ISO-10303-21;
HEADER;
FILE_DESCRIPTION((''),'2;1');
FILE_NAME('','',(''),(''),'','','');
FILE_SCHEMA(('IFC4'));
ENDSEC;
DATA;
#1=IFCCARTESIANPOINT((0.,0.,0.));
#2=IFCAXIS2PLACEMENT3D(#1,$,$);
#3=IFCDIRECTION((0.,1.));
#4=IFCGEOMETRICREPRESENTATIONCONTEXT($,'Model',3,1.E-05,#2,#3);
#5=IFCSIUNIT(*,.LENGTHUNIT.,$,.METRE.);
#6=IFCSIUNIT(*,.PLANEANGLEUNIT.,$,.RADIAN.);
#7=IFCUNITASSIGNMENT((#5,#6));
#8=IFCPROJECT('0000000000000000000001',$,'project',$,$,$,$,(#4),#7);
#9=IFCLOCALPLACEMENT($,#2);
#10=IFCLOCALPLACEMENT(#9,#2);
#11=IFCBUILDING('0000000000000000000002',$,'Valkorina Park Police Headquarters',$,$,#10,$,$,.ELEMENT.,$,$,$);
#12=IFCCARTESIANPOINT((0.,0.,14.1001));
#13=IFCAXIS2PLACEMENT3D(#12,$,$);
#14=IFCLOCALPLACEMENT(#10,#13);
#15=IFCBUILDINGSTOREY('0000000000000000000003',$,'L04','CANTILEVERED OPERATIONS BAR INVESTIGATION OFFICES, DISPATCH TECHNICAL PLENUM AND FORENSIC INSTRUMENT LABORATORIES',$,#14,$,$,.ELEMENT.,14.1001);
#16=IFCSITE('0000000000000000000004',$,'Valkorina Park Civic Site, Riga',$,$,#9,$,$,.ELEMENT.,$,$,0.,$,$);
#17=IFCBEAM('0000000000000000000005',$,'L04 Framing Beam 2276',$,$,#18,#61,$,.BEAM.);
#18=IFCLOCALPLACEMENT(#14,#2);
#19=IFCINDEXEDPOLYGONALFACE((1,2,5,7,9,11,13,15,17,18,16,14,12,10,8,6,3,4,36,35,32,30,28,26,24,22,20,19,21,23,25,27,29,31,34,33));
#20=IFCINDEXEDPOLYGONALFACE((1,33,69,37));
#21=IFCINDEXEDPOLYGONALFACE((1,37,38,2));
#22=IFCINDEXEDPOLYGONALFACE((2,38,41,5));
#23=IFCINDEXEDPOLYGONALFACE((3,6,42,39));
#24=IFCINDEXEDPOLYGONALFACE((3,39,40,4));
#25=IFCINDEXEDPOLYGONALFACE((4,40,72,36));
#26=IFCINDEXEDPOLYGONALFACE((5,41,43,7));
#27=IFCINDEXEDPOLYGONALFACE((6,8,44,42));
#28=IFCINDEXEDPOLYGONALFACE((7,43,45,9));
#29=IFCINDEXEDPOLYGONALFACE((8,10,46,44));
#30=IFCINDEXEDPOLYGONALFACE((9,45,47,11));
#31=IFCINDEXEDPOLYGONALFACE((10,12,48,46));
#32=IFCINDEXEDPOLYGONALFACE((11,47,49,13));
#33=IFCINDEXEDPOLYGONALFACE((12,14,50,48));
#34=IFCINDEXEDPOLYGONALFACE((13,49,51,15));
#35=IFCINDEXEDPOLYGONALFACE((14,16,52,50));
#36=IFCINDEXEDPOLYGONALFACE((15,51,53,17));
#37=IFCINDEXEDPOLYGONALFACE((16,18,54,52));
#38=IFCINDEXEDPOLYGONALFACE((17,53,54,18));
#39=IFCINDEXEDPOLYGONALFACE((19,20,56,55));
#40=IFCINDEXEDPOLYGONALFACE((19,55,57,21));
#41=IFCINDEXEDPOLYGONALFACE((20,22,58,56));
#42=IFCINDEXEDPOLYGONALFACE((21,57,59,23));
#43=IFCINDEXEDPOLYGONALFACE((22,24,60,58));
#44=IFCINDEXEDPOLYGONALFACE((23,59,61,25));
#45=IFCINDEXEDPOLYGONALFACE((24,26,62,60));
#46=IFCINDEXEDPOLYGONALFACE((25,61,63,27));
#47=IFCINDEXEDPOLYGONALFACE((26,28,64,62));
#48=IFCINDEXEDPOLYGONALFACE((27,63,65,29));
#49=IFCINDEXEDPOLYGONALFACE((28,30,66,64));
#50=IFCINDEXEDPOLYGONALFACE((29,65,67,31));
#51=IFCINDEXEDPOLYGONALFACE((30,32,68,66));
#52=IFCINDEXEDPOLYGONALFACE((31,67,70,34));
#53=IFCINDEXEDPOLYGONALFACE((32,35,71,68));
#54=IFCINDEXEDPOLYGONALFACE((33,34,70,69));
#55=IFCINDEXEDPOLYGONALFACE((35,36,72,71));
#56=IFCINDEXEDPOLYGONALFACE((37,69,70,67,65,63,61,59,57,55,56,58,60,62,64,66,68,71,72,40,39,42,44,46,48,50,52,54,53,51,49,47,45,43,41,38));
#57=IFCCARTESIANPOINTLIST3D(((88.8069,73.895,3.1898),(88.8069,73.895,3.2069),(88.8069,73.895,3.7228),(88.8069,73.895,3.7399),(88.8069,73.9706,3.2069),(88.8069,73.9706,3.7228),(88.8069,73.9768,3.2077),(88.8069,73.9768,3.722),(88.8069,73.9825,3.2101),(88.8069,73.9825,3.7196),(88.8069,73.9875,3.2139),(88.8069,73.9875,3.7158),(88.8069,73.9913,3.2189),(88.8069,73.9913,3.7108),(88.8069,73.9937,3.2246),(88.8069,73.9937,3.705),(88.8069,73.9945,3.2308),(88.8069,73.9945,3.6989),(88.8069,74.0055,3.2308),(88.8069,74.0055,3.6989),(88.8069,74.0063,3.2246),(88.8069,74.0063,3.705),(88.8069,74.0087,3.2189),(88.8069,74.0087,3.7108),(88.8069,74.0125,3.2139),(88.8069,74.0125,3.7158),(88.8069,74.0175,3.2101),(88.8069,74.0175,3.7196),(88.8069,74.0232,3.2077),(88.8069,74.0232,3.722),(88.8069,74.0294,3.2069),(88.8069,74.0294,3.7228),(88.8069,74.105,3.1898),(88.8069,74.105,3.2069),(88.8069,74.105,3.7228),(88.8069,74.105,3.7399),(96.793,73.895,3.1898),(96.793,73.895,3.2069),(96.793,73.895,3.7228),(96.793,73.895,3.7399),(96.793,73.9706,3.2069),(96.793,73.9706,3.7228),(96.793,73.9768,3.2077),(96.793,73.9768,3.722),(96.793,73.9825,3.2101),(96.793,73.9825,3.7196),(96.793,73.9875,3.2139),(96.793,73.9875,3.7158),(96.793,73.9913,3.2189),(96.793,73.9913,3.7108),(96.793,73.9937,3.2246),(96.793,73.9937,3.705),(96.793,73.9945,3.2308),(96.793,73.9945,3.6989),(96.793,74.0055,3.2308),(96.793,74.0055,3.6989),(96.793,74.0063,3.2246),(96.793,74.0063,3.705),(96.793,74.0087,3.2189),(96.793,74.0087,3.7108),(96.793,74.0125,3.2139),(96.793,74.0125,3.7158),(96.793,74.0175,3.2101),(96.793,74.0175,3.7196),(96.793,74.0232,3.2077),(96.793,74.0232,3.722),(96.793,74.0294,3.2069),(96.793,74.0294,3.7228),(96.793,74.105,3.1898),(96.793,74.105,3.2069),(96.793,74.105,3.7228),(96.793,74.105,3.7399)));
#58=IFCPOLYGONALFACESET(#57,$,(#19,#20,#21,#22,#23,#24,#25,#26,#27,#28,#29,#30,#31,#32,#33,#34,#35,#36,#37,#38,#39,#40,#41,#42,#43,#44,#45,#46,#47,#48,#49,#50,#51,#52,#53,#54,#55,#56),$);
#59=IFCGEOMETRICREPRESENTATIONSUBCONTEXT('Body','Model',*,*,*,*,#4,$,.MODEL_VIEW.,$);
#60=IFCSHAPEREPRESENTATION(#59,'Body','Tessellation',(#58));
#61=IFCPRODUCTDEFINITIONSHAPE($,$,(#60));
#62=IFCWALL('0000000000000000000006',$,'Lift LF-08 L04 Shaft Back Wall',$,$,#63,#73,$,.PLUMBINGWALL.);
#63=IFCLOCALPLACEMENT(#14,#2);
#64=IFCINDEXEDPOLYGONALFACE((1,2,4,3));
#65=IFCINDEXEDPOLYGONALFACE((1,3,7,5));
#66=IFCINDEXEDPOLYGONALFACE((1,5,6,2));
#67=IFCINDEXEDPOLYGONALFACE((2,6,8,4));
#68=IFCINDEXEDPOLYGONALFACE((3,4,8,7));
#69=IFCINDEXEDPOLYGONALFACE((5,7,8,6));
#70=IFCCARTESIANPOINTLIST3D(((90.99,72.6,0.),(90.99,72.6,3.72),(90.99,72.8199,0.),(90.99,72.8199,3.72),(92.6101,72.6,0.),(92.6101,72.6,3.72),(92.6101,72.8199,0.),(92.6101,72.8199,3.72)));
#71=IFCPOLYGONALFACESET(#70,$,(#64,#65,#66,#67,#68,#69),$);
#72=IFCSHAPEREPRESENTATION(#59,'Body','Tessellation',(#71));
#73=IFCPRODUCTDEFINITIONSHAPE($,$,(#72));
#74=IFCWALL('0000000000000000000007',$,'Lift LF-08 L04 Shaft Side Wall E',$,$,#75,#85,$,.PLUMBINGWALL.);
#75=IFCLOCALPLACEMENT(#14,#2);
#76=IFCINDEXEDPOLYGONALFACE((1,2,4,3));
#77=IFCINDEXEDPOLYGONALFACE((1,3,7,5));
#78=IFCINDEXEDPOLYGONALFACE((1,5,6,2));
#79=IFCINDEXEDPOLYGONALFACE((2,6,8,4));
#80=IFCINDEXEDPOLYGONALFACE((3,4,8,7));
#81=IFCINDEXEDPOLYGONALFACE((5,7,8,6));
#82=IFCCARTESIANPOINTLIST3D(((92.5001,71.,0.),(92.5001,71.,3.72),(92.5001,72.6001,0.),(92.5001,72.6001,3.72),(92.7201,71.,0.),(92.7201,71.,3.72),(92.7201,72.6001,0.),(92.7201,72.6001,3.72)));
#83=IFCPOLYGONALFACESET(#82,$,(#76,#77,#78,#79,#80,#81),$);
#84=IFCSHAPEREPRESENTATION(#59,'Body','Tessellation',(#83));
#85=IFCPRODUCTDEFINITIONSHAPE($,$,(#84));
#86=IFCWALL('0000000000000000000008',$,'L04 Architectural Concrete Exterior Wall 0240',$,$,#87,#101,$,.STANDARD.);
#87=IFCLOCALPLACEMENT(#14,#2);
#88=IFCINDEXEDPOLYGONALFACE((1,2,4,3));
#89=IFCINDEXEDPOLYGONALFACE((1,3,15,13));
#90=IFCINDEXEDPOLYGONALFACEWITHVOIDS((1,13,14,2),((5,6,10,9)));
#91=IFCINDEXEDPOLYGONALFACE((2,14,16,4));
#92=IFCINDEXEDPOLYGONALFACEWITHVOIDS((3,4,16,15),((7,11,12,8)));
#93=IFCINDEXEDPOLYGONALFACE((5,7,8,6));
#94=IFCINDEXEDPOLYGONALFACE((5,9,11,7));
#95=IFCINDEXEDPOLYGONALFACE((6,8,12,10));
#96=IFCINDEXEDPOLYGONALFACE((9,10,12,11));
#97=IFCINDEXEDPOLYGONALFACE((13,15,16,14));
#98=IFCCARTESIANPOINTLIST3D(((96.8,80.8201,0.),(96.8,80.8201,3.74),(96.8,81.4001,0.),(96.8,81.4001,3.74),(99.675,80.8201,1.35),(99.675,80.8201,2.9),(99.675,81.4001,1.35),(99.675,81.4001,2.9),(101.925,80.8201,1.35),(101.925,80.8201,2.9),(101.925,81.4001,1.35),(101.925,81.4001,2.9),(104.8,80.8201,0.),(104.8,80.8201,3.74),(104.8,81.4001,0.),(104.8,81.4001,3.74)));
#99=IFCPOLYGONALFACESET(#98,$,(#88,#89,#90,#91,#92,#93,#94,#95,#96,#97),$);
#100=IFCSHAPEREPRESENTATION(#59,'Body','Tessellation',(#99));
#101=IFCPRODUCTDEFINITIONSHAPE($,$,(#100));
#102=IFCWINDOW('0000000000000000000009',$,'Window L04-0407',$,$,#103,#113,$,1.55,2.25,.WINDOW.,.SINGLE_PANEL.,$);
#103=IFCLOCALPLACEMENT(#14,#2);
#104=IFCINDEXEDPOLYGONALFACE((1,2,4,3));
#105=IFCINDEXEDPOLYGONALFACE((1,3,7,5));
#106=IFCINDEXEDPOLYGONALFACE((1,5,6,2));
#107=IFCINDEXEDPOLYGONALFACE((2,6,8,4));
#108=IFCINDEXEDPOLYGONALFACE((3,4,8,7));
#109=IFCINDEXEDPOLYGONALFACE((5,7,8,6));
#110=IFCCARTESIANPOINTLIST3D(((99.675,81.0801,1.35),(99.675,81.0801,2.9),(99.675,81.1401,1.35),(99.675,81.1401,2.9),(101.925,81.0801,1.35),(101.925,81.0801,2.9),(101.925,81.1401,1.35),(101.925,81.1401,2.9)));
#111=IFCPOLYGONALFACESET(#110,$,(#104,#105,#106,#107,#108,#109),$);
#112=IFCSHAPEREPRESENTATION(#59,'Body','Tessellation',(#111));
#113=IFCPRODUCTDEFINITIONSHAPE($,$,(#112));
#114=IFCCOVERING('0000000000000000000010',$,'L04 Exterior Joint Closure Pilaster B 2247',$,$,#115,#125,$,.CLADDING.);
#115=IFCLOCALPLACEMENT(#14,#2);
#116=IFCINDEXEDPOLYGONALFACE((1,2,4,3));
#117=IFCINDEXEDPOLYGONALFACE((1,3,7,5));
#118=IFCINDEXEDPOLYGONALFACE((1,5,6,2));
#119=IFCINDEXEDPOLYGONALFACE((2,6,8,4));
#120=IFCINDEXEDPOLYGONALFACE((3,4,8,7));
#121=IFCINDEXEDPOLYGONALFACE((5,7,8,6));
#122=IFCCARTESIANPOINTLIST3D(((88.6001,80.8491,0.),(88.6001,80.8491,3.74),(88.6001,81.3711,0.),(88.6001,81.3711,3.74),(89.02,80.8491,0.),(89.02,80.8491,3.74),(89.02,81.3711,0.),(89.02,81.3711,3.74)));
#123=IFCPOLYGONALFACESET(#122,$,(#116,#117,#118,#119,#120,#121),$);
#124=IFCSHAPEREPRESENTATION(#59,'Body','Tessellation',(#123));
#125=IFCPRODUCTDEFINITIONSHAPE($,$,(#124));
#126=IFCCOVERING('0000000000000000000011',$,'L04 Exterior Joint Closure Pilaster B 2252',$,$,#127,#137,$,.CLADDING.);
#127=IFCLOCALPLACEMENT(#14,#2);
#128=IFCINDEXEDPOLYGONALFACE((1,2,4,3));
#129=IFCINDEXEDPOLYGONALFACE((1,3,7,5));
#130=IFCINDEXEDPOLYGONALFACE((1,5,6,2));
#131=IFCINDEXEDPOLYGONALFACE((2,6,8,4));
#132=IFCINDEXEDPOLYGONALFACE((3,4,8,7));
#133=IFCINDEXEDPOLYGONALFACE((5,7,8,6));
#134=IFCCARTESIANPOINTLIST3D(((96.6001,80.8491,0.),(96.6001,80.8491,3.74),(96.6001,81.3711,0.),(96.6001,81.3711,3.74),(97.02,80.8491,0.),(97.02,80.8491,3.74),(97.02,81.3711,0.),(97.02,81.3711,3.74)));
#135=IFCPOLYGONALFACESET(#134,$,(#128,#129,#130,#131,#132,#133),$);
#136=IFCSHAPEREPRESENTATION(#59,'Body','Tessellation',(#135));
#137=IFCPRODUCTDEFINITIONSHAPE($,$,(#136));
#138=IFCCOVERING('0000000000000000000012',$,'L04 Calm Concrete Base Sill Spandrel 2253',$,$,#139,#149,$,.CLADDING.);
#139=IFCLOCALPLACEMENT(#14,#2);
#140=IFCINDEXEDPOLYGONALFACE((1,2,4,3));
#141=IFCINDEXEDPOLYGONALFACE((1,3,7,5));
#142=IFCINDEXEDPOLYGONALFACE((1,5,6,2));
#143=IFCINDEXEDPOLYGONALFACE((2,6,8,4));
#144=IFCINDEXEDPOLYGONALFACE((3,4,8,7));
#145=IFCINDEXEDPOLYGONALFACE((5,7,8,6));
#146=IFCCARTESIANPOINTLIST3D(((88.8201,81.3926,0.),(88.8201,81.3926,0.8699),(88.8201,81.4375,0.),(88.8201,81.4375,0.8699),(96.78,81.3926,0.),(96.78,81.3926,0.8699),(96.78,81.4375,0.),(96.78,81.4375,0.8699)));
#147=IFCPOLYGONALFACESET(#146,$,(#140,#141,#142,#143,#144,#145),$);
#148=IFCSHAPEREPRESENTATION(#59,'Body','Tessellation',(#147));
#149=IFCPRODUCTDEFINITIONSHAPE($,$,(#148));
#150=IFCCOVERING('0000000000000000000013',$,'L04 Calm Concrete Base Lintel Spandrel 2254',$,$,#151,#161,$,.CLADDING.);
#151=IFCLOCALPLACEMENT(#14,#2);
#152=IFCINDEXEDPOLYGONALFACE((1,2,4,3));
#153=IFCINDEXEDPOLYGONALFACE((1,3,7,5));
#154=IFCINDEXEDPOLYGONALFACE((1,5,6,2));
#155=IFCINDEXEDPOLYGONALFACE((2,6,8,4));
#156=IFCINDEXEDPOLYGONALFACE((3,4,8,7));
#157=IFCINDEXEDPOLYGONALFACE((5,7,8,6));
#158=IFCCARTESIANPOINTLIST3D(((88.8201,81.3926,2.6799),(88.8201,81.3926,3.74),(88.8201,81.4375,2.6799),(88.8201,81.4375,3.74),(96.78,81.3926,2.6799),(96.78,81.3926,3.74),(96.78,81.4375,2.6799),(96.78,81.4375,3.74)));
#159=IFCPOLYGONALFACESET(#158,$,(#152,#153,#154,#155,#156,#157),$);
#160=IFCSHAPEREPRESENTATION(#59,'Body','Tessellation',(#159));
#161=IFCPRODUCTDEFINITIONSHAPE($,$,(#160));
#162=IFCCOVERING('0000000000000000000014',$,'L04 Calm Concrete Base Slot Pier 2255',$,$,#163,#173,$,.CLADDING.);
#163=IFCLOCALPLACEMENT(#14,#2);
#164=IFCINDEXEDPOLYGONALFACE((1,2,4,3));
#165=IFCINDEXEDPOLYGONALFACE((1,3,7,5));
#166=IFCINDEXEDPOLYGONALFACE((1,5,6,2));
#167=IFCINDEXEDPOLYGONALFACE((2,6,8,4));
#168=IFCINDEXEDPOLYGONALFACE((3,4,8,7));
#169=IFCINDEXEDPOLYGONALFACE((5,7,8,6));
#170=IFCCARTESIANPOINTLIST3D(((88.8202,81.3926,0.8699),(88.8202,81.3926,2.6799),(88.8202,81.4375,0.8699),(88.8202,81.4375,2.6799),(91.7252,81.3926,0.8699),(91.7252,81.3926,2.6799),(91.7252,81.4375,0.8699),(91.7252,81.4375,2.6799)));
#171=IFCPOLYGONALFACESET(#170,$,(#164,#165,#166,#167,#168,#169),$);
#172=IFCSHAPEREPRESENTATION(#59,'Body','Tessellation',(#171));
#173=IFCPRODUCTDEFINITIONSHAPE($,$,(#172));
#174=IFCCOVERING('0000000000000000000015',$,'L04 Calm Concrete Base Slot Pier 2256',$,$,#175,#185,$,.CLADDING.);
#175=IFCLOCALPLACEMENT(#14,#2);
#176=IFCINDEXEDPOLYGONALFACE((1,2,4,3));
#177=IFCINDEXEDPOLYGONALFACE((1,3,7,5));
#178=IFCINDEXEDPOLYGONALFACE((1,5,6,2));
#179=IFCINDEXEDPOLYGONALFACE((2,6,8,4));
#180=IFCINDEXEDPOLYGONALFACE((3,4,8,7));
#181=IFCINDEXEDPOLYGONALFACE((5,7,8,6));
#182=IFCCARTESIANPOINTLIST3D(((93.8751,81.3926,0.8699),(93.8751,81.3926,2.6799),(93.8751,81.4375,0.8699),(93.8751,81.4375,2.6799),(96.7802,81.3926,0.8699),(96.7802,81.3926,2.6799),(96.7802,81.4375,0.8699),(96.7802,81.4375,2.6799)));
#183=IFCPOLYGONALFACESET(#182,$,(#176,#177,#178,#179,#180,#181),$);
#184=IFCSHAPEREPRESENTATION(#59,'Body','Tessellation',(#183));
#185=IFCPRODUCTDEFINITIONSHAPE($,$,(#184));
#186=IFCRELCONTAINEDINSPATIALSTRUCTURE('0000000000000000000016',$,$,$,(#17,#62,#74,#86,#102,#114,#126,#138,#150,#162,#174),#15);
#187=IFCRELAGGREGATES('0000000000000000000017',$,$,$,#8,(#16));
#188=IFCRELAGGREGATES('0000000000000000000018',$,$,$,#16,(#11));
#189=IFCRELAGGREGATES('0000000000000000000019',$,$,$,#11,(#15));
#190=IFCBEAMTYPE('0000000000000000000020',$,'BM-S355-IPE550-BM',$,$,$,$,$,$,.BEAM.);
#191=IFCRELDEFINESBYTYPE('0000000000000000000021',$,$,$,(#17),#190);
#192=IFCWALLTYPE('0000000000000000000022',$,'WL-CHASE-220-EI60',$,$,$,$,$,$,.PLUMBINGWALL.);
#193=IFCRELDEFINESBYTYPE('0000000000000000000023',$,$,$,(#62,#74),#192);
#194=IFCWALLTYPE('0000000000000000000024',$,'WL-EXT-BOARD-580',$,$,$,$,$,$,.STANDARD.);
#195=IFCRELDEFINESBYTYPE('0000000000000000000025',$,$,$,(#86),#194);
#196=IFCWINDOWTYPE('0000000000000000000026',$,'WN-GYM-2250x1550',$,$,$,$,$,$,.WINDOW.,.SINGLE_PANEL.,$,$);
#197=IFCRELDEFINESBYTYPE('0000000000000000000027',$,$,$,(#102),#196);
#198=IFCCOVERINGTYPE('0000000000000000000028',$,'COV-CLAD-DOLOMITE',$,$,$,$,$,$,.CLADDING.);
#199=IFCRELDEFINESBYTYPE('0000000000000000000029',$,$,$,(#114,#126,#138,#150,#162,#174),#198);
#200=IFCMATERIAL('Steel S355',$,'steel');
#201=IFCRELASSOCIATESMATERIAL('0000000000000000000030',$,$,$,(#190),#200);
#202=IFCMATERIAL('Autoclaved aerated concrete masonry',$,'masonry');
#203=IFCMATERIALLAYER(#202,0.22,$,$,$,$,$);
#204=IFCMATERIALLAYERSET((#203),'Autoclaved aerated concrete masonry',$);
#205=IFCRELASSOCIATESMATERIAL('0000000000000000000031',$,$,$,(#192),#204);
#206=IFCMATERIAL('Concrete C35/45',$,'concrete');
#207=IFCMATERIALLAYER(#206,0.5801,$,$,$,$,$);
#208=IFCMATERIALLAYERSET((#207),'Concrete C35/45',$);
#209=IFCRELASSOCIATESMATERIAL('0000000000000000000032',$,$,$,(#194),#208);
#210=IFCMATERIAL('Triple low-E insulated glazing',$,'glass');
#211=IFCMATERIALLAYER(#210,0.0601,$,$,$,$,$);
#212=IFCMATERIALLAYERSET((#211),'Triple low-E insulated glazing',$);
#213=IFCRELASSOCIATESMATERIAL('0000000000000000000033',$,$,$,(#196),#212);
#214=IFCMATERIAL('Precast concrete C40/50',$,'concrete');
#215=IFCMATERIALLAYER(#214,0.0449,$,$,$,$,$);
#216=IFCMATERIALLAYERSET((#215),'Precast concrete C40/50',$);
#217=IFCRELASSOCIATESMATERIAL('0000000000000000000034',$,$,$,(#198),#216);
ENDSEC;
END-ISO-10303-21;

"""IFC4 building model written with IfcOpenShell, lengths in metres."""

from ifc_helpers import new_model, si_unit, direction, frame, frame_2d, origin, origin_2d, place, context, subcontext, project, spatial, rectangle, i_section, extrude, material, layer, layer_set, material_profile, profile_set, type_object, element, fill, save


model = new_model("IFC4")

# Units and contexts
model_context = context("Model", 3, precision=1e-05, world=origin(), true_north=direction((0.0, 1.0)))
body_context = subcontext(model_context, "Body", "Model", "MODEL_VIEW")
ifc_project = project(units=[si_unit("LENGTHUNIT", "METRE"), si_unit("PLANEANGLEUNIT", "RADIAN")], contexts=[model_context])

# Site, building, storey
site_placement = place(None, origin())
site = spatial("IfcSite", under=ifc_project, at=site_placement, Name="Valkorina Park Civic Site, Riga", CompositionType="ELEMENT", RefElevation=0.0)
building_placement = place(site_placement, origin())
building = spatial("IfcBuilding", under=site, at=building_placement, Name="Valkorina Park Police Headquarters", CompositionType="ELEMENT")
storey_placement = place(building_placement, frame((0.0, 0.0, 14.1001)))
storey = spatial("IfcBuildingStorey", under=building, at=storey_placement, Name="L04", Description="CANTILEVERED OPERATIONS BAR INVESTIGATION OFFICES, DISPATCH TECHNICAL PLENUM AND FORENSIC INSTRUMENT LABORATORIES", CompositionType="ELEMENT", Elevation=14.1001)

# Shared definitions
ifc_material_1 = material(Name="Steel S355", Category="steel")

# Beam
ifc_material_profile_1 = material_profile(ifc_material_1, i_section(OverallWidth=0.21, OverallDepth=0.55, WebThickness=0.011, FlangeThickness=0.0171, FilletRadius=0.0239, at=origin_2d()), Name="IPE 550")
ifc_profile_set_1 = profile_set([ifc_material_profile_1], Name="Steel S355")
beam_type_1 = type_object("IfcBeamType", Name="BM-S355-IPE550-BM", PredefinedType="BEAM", material=ifc_profile_set_1)
beam_1_placement = place(storey_placement, frame((88.8069, 74.0, 3.4648), z_axis=(1.0, 0.0, 0.0), x_axis=(0.0, 1.0, 0.0)))
element("IfcBeam", 1, at=beam_1_placement, inside=storey, type_object=beam_type_1, Name="L04 Framing Beam 2276", PredefinedType="BEAM", context=body_context, shape_type="SweptSolid", body=[
    extrude(i_section(OverallWidth=0.21, OverallDepth=0.55, WebThickness=0.011, FlangeThickness=0.0171, FilletRadius=0.0239, at=origin_2d()), origin(), (0.0, 0.0, 1.0), 7.9861),
])

# Walls
ifc_material_2 = material(Name="Autoclaved aerated concrete masonry", Category="masonry")
ifc_layer_1 = layer(ifc_material_2, 0.22)
ifc_layer_set_1 = layer_set([ifc_layer_1], Name="Autoclaved aerated concrete masonry")
wall_type_1 = type_object("IfcWallType", Name="WL-CHASE-220-EI60", PredefinedType="PLUMBINGWALL", material=ifc_layer_set_1)
wall_1_placement = place(storey_placement, frame((90.99, 72.71, 0.0), z_axis=(0.0, 0.0, 1.0), x_axis=(1.0, 0.0, 0.0)))
element("IfcWall", 2, at=wall_1_placement, inside=storey, type_object=wall_type_1, Name="Lift LF-08 L04 Shaft Back Wall", PredefinedType="PLUMBINGWALL", context=body_context, shape_type="SweptSolid", body=[
    extrude(rectangle(XDim=1.6201, YDim=0.22, at=frame_2d((0.8101, 0.0))), origin(), (0.0, 0.0, 1.0), 3.72),
])
wall_2_placement = place(storey_placement, frame((92.6101, 71.0, 0.0), z_axis=(0.0, 0.0, 1.0), x_axis=(0.0, 1.0, 0.0)))
element("IfcWall", 3, at=wall_2_placement, inside=storey, type_object=wall_type_1, Name="Lift LF-08 L04 Shaft Side Wall E", PredefinedType="PLUMBINGWALL", context=body_context, shape_type="SweptSolid", body=[
    extrude(rectangle(XDim=1.6001, YDim=0.22, at=frame_2d((0.8, 0.0))), origin(), (0.0, 0.0, 1.0), 3.72),
])

# Wall, opening, window
ifc_material_3 = material(Name="Concrete C35/45", Category="concrete")
ifc_layer_2 = layer(ifc_material_3, 0.5801)
ifc_layer_set_2 = layer_set([ifc_layer_2], Name="Concrete C35/45")
wall_type_2 = type_object("IfcWallType", Name="WL-EXT-BOARD-580", PredefinedType="STANDARD", material=ifc_layer_set_2)
wall_3_placement = place(storey_placement, frame((96.8, 81.1101, 0.0), z_axis=(0.0, 0.0, 1.0), x_axis=(1.0, 0.0, 0.0)))
wall_3 = element("IfcWall", 4, at=wall_3_placement, inside=storey, type_object=wall_type_2, Name="L04 Architectural Concrete Exterior Wall 0240", PredefinedType="STANDARD", context=body_context, shape_type="SweptSolid", body=[
    extrude(rectangle(XDim=8.0, YDim=0.5801, at=frame_2d((4.0, 0.0))), origin(), (0.0, 0.0, 1.0), 3.74),
])
opening_placement = place(wall_3_placement, frame((2.875, 0.0, 1.3501)))
opening = element("IfcOpeningElement", 5, at=opening_placement, cuts=wall_3, PredefinedType="OPENING", context=body_context, shape_type="SweptSolid", body=[
    extrude(rectangle(XDim=2.25, YDim=1.55, at=frame_2d((1.125, 0.7749))), frame((0.0, 0.3, 0.0), z_axis=(0.0, -1.0, 0.0), x_axis=(1.0, 0.0, 0.0)), (0.0, 0.0, 1.0), 0.6001),
])
ifc_material_4 = material(Name="Triple low-E insulated glazing", Category="glass")
ifc_layer_3 = layer(ifc_material_4, 0.0601)
ifc_layer_set_3 = layer_set([ifc_layer_3], Name="Triple low-E insulated glazing")
window_type = type_object("IfcWindowType", Name="WN-GYM-2250x1550", PartitioningType="SINGLE_PANEL", PredefinedType="WINDOW", material=ifc_layer_set_3)
window_placement = place(opening_placement, origin())
window = element("IfcWindow", 6, at=window_placement, inside=storey, type_object=window_type, Name="Window L04-0407", OverallHeight=1.55, OverallWidth=2.25, PartitioningType="SINGLE_PANEL", PredefinedType="WINDOW", context=body_context, shape_type="SweptSolid", body=[
    extrude(rectangle(XDim=2.25, YDim=1.55, at=frame_2d((1.125, 0.7749))), frame((0.0, 0.03, 0.0), z_axis=(0.0, -1.0, 0.0), x_axis=(1.0, 0.0, 0.0)), (0.0, 0.0, 1.0), 0.0601),
])
fill(opening, window)

# Coverings
ifc_material_5 = material(Name="Precast concrete C40/50", Category="concrete")
ifc_layer_4 = layer(ifc_material_5, 0.0449)
ifc_layer_set_4 = layer_set([ifc_layer_4], Name="Precast concrete C40/50")
covering_type = type_object("IfcCoveringType", Name="COV-CLAD-DOLOMITE", PredefinedType="CLADDING", material=ifc_layer_set_4)
for number, where, z_axis, x_axis, name in (
    (7, (88.8101, 81.1101, 0.0), (0.0, 0.0, 1.0), (1.0, 0.0, 0.0), "L04 Exterior Joint Closure Pilaster B 2247"),
    (8, (96.8101, 81.1101, 0.0), (0.0, 0.0, 1.0), (1.0, 0.0, 0.0), "L04 Exterior Joint Closure Pilaster B 2252"),
):
    element("IfcCovering", number, at=place(storey_placement, frame(where, z_axis=z_axis, x_axis=x_axis)), inside=storey, type_object=covering_type, Name=name, PredefinedType="CLADDING", context=body_context, shape_type="SweptSolid", body=[
        extrude(rectangle(XDim=0.4199, YDim=0.522, at=origin_2d()), origin(), (0.0, 0.0, 1.0), 3.74),
    ])
covering_1_placement = place(storey_placement, frame((88.8201, 81.415, 0.0), z_axis=(0.0, 0.0, 1.0), x_axis=(1.0, 0.0, 0.0)))
element("IfcCovering", 9, at=covering_1_placement, inside=storey, type_object=covering_type, Name="L04 Calm Concrete Base Sill Spandrel 2253", PredefinedType="CLADDING", context=body_context, shape_type="SweptSolid", body=[
    extrude(rectangle(XDim=7.96, YDim=0.0449, at=frame_2d((3.98, 0.0))), origin(), (0.0, 0.0, 1.0), 0.8699),
])
covering_2_placement = place(storey_placement, frame((88.8201, 81.415, 2.6799), z_axis=(0.0, 0.0, 1.0), x_axis=(1.0, 0.0, 0.0)))
element("IfcCovering", 10, at=covering_2_placement, inside=storey, type_object=covering_type, Name="L04 Calm Concrete Base Lintel Spandrel 2254", PredefinedType="CLADDING", context=body_context, shape_type="SweptSolid", body=[
    extrude(rectangle(XDim=7.96, YDim=0.0449, at=frame_2d((3.98, 0.0))), origin(), (0.0, 0.0, 1.0), 1.0601),
])
for number, where, z_axis, x_axis, name in (
    (11, (88.8201, 81.415, 0.8699), (0.0, 0.0, 1.0), (1.0, 0.0, 0.0), "L04 Calm Concrete Base Slot Pier 2255"),
    (12, (93.875, 81.415, 0.8699), (0.0, 0.0, 1.0), (1.0, 0.0, 0.0), "L04 Calm Concrete Base Slot Pier 2256"),
):
    element("IfcCovering", number, at=place(storey_placement, frame(where, z_axis=z_axis, x_axis=x_axis)), inside=storey, type_object=covering_type, Name=name, PredefinedType="CLADDING", context=body_context, shape_type="SweptSolid", body=[
        extrude(rectangle(XDim=2.905, YDim=0.0449, at=frame_2d((1.4526, 0.0))), origin(), (0.0, 0.0, 1.0), 1.8101),
    ])

save(model, "model.ifc")
